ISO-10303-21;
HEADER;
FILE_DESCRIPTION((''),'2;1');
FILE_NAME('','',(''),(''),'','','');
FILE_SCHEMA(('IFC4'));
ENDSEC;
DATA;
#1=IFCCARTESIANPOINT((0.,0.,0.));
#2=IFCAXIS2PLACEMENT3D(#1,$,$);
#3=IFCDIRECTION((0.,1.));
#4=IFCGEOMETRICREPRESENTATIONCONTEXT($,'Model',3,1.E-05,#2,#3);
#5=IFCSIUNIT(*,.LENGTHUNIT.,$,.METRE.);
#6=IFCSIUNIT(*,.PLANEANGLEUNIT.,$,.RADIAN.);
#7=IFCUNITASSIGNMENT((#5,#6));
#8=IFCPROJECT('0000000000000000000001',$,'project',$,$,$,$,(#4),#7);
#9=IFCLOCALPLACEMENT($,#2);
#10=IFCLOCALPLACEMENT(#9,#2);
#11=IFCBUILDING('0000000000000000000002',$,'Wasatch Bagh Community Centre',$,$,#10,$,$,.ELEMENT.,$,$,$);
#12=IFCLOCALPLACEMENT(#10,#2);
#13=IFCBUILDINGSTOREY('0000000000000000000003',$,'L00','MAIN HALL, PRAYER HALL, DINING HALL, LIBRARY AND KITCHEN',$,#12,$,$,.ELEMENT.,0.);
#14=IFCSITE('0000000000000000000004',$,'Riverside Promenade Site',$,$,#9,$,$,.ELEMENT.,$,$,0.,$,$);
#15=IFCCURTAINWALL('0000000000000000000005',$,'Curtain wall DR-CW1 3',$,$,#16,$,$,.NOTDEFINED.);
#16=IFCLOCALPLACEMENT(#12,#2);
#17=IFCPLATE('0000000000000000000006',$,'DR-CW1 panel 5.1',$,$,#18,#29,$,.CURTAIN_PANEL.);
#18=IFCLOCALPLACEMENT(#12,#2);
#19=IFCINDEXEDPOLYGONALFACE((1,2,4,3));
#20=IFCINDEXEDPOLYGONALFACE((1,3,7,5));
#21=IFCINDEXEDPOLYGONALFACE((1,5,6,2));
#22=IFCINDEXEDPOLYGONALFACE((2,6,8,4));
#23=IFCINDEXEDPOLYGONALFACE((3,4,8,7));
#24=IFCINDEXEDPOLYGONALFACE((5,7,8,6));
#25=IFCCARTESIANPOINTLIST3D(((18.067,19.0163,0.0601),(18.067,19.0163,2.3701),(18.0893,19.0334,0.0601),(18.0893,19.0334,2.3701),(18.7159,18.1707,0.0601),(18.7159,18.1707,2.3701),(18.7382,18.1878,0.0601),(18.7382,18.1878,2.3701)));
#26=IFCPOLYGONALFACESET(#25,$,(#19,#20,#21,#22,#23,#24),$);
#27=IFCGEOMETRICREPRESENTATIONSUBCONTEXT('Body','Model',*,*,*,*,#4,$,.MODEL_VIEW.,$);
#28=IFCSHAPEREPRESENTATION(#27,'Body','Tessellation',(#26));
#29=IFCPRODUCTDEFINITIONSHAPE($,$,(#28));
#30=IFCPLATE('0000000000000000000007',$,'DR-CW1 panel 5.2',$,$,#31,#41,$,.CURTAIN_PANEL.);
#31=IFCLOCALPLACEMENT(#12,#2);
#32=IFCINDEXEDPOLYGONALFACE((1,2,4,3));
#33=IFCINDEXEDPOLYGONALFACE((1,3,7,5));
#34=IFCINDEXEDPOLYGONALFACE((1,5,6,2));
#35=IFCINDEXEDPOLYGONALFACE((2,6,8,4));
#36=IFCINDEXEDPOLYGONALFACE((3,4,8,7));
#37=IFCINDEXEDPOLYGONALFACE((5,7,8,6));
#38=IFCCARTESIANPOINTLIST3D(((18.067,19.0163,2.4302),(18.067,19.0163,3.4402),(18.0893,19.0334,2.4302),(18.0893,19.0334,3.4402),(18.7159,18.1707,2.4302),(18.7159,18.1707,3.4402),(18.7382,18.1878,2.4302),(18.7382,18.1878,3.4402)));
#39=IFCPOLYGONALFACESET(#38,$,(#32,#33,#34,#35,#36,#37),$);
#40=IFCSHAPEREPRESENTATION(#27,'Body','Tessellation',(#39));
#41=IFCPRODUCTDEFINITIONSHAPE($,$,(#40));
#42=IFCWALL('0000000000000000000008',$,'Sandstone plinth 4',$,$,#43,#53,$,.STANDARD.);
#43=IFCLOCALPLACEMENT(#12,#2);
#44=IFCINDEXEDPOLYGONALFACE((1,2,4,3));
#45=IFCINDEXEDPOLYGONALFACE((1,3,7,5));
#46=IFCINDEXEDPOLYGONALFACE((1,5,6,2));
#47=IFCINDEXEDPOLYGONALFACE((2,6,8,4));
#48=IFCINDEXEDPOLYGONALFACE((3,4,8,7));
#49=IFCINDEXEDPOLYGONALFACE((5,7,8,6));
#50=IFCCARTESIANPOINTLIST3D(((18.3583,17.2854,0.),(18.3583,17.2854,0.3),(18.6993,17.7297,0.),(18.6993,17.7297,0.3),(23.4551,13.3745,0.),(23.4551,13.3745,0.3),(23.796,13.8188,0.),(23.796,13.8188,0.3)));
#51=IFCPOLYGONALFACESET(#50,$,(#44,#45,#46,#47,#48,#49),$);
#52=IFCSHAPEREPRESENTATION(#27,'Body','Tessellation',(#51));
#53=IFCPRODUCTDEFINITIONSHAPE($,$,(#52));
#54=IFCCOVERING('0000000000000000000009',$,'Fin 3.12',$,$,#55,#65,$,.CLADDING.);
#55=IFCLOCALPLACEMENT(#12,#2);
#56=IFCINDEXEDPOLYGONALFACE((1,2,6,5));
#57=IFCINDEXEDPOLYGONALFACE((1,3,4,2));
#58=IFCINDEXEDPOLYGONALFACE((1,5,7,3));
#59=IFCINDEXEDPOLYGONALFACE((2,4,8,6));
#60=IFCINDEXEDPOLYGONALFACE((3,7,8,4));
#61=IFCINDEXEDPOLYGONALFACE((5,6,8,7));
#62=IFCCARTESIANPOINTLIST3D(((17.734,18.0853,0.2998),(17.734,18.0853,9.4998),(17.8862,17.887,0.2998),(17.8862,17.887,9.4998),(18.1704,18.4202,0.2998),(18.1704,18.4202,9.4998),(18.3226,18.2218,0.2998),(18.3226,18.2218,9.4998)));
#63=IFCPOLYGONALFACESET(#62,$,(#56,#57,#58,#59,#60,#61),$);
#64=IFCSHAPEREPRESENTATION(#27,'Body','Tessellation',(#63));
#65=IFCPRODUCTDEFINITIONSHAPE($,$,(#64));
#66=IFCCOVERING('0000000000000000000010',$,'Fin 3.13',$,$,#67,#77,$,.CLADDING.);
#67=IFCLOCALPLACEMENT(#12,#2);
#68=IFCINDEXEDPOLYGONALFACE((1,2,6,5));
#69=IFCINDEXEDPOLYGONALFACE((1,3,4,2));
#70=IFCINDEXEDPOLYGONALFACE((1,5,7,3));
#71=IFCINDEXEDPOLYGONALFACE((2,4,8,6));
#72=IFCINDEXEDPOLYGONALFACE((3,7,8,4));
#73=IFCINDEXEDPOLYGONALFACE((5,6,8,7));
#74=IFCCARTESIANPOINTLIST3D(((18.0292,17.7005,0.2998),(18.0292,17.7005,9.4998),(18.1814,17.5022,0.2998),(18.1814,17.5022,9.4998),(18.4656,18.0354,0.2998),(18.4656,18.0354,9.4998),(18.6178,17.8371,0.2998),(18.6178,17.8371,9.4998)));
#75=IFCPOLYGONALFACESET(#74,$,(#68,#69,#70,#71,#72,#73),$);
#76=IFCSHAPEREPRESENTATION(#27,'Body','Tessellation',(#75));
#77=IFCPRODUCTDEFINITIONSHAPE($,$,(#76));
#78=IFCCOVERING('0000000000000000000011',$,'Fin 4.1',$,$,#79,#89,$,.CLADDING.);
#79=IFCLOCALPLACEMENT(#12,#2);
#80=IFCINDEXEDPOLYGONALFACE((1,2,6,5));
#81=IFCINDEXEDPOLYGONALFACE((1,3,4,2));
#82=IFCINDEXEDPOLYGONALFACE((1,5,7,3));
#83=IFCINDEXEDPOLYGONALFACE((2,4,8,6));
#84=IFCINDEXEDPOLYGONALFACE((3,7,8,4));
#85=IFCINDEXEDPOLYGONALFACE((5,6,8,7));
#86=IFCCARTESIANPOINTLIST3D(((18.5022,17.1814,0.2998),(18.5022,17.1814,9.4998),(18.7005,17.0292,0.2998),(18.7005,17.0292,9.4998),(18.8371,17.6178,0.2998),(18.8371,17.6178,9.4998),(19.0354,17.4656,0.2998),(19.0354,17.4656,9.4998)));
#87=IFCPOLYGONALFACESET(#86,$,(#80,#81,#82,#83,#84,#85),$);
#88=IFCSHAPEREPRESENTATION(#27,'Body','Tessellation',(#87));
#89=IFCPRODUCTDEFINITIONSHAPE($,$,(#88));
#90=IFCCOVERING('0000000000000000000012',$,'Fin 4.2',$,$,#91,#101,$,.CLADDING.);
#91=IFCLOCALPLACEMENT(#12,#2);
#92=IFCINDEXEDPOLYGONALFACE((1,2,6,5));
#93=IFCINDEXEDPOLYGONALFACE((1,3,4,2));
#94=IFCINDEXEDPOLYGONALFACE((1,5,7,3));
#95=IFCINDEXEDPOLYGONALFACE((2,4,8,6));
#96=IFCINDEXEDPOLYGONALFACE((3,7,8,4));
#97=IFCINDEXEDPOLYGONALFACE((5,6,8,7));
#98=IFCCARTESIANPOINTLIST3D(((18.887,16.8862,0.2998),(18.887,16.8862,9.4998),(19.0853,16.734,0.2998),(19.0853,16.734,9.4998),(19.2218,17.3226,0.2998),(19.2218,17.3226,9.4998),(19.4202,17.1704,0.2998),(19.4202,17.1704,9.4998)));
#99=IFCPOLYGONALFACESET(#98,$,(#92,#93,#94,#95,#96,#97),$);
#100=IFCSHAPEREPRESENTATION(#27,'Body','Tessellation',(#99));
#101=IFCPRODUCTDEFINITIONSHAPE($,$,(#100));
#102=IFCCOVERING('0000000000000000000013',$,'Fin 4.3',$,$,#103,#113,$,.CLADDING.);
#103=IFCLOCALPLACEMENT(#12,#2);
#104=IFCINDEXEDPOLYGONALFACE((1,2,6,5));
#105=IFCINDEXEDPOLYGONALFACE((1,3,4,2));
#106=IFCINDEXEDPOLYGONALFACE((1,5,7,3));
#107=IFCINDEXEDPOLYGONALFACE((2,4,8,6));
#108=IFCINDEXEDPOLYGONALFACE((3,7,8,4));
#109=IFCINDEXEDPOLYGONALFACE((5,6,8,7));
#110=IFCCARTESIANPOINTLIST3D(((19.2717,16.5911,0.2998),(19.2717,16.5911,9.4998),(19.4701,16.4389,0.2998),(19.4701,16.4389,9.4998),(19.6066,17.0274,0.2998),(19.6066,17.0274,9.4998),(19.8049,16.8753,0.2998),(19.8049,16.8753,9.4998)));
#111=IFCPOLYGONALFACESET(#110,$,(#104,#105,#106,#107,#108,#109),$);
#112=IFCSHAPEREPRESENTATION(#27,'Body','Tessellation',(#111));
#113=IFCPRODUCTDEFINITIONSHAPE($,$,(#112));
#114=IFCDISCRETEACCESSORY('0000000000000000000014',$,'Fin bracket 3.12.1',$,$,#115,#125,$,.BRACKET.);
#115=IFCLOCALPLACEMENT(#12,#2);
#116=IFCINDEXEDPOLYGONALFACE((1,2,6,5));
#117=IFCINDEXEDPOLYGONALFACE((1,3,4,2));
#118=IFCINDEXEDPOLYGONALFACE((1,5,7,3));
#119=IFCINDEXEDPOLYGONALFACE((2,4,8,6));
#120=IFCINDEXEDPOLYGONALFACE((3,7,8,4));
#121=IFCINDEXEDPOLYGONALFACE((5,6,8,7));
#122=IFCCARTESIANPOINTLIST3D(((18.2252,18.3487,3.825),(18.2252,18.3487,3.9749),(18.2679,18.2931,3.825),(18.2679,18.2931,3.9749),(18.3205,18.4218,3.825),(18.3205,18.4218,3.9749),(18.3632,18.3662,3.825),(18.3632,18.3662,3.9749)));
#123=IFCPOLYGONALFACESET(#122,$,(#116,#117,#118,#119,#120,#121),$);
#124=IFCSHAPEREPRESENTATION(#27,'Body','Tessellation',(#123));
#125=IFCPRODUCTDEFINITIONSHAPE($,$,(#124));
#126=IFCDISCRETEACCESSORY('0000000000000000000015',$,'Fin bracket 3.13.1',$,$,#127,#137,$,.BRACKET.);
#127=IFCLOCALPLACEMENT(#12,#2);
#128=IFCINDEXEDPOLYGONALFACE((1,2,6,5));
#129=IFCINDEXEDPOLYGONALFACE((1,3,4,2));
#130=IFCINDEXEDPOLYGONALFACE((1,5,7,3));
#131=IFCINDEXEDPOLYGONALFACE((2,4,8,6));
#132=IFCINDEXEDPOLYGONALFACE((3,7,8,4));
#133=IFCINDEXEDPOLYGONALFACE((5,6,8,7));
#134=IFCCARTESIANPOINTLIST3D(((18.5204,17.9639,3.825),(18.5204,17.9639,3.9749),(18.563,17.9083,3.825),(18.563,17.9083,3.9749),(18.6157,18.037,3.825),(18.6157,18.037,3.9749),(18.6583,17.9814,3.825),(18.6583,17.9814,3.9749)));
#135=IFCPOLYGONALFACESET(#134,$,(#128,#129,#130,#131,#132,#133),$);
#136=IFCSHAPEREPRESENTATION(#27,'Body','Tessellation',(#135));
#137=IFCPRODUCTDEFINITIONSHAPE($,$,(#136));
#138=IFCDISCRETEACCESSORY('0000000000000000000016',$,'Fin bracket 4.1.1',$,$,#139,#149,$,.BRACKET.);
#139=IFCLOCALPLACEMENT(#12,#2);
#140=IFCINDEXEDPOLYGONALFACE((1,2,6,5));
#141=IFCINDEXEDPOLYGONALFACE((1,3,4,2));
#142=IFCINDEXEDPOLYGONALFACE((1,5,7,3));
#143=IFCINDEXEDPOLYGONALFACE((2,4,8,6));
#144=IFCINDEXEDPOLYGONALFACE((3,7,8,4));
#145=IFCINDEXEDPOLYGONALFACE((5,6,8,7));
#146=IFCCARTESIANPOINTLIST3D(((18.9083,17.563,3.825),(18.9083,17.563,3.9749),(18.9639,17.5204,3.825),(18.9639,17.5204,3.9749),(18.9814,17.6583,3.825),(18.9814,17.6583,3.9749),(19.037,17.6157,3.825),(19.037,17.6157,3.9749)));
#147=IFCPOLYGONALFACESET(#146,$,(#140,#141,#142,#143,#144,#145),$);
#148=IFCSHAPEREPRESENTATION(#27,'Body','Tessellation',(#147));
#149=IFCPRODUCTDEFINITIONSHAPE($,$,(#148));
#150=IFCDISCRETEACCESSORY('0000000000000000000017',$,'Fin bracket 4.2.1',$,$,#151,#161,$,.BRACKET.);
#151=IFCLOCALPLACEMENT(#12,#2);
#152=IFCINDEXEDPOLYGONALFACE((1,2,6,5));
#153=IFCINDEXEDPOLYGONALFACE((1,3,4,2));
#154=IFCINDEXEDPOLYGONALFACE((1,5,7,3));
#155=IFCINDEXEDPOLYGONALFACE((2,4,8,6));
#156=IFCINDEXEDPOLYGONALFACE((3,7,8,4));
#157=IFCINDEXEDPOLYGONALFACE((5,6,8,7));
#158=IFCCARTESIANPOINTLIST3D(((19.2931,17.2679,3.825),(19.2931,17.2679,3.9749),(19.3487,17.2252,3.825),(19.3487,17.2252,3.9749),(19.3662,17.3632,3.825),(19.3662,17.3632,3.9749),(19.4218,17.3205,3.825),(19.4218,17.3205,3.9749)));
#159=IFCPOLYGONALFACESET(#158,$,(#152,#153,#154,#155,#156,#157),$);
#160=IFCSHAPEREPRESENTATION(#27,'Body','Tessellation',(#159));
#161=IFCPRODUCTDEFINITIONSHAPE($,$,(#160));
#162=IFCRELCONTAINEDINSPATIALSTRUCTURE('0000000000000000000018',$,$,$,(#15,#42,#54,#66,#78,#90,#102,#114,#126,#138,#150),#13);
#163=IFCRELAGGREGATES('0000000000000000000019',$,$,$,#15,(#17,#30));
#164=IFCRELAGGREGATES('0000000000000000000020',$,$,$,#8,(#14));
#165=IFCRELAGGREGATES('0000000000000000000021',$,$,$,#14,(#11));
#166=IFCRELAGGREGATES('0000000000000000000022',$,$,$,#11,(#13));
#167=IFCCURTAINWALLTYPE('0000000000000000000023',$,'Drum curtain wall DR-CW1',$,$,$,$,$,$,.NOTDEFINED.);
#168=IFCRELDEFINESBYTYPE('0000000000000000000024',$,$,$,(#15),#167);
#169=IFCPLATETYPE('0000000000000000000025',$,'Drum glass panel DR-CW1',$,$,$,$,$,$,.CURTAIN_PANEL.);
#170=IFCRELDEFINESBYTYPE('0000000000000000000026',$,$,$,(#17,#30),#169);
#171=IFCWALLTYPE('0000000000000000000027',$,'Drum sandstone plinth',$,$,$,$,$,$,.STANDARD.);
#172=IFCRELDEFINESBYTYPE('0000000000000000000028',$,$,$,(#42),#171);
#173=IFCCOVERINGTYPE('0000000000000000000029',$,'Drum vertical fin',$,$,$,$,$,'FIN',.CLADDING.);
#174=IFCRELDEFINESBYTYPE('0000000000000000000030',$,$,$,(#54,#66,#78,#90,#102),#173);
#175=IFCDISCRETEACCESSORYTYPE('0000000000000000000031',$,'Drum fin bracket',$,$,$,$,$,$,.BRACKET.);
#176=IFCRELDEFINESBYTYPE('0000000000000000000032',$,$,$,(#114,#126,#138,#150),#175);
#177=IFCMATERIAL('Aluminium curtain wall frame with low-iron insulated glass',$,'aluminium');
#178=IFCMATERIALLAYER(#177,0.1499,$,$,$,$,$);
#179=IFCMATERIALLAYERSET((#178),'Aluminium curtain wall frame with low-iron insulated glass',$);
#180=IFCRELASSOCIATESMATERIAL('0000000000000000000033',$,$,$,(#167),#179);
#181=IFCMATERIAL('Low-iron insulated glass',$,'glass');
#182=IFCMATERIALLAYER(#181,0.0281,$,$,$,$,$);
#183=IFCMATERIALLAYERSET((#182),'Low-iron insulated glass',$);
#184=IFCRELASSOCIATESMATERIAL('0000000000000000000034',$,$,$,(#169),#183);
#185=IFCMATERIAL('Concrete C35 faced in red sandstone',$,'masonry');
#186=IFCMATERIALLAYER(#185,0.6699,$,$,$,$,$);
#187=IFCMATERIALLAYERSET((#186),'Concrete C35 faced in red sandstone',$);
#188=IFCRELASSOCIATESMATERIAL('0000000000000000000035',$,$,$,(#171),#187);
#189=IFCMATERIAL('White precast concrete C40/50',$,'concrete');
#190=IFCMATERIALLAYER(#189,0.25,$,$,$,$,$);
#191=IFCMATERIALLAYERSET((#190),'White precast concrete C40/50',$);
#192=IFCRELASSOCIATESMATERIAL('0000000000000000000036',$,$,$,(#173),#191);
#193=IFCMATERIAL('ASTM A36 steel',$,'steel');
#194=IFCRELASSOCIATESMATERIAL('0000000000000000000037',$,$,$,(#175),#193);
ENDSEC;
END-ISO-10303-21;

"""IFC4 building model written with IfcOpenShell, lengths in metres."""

from ifc_helpers import new_model, si_unit, direction, frame, frame_2d, origin, origin_2d, place, context, subcontext, project, spatial, rectangle, extrude, material, layer, layer_set, type_object, element, aggregate, save


model = new_model("IFC4")

# Units and contexts
model_context = context("Model", 3, precision=1e-05, world=origin(), true_north=direction((0.0, 1.0)))
body_context = subcontext(model_context, "Body", "Model", "MODEL_VIEW")
ifc_project = project(units=[si_unit("LENGTHUNIT", "METRE"), si_unit("PLANEANGLEUNIT", "RADIAN")], contexts=[model_context])

# Site, building, storey
site_placement = place(None, origin())
site = spatial("IfcSite", under=ifc_project, at=site_placement, Name="Riverside Promenade Site", CompositionType="ELEMENT", RefElevation=0.0)
building_placement = place(site_placement, origin())
building = spatial("IfcBuilding", under=site, at=building_placement, Name="Wasatch Bagh Community Centre", CompositionType="ELEMENT")
storey_placement = place(building_placement, origin())
storey = spatial("IfcBuildingStorey", under=building, at=storey_placement, Name="L00", Description="MAIN HALL, PRAYER HALL, DINING HALL, LIBRARY AND KITCHEN", CompositionType="ELEMENT", Elevation=0.0)

# Curtain wall
ifc_material_1 = material(Name="Aluminium curtain wall frame with low-iron insulated glass", Category="aluminium")
ifc_layer_1 = layer(ifc_material_1, 0.1499)
ifc_layer_set_1 = layer_set([ifc_layer_1], Name="Aluminium curtain wall frame with low-iron insulated glass")
curtain_wall_type = type_object("IfcCurtainWallType", Name="Drum curtain wall DR-CW1", PredefinedType="NOTDEFINED", material=ifc_layer_set_1)
curtain_wall_1_placement = place(storey_placement, origin())
curtain_wall_1 = element("IfcCurtainWall", 1, at=curtain_wall_1_placement, inside=storey, type_object=curtain_wall_type, Name="Curtain wall DR-CW1 3", PredefinedType="NOTDEFINED")

# Plates
ifc_material_2 = material(Name="Low-iron insulated glass", Category="glass")
ifc_layer_2 = layer(ifc_material_2, 0.0281)
ifc_layer_set_2 = layer_set([ifc_layer_2], Name="Low-iron insulated glass")
plate_type = type_object("IfcPlateType", Name="Drum glass panel DR-CW1", PredefinedType="CURTAIN_PANEL", material=ifc_layer_set_2)
plate_1_placement = place(storey_placement, frame((18.4026, 18.6021, 0.0601), z_axis=(0.0, 0.0, 1.0), x_axis=(0.608761, -0.793353, 0.0)))
plate_1 = element("IfcPlate", 2, at=plate_1_placement, type_object=plate_type, Name="DR-CW1 panel 5.1", PredefinedType="CURTAIN_PANEL", context=body_context, shape_type="SweptSolid", body=[
    extrude(rectangle(XDim=1.0659, YDim=0.0281, at=origin_2d()), origin(), (0.0, 0.0, 1.0), 2.3101),
])
plate_2_placement = place(storey_placement, frame((18.4026, 18.6021, 2.4302), z_axis=(0.0, 0.0, 1.0), x_axis=(0.608761, -0.793353, 0.0)))
plate_2 = element("IfcPlate", 3, at=plate_2_placement, type_object=plate_type, Name="DR-CW1 panel 5.2", PredefinedType="CURTAIN_PANEL", context=body_context, shape_type="SweptSolid", body=[
    extrude(rectangle(XDim=1.0659, YDim=0.0281, at=origin_2d()), origin(), (0.0, 0.0, 1.0), 1.01),
])
aggregate(curtain_wall_1, [plate_1, plate_2])

# Wall
ifc_material_3 = material(Name="Concrete C35 faced in red sandstone", Category="masonry")
ifc_layer_3 = layer(ifc_material_3, 0.6699)
ifc_layer_set_3 = layer_set([ifc_layer_3], Name="Concrete C35 faced in red sandstone")
wall_type = type_object("IfcWallType", Name="Drum sandstone plinth", PredefinedType="STANDARD", material=ifc_layer_set_3)
wall_placement = place(storey_placement, frame((18.5288, 17.5076, 0.0), z_axis=(0.0, 0.0, 1.0), x_axis=(0.793348, -0.608768, 0.0)))
element("IfcWall", 4, at=wall_placement, inside=storey, type_object=wall_type, Name="Sandstone plinth 4", PredefinedType="STANDARD", context=body_context, shape_type="SweptSolid", body=[
    extrude(rectangle(XDim=6.4243, YDim=0.5601, at=frame_2d((3.2122, 0.0))), origin(), (0.0, 0.0, 1.0), 0.3),
])

# Coverings
ifc_material_4 = material(Name="White precast concrete C40/50", Category="concrete")
ifc_layer_4 = layer(ifc_material_4, 0.25)
ifc_layer_set_4 = layer_set([ifc_layer_4], Name="White precast concrete C40/50")
covering_type = type_object("IfcCoveringType", Name="Drum vertical fin", ElementType="FIN", PredefinedType="CLADDING", material=ifc_layer_set_4)
for number, where, z_axis, x_axis, name in (
    (5, (18.0283, 18.1536, 0.2998), (0.0, 0.0, 1.0), (0.608761, -0.793353, 0.0), "Fin 3.12"),
    (6, (18.3235, 17.7688, 0.2998), (0.0, 0.0, 1.0), (0.608761, -0.793353, 0.0), "Fin 3.13"),
    (7, (18.7688, 17.3235, 0.2998), (0.0, 0.0, 1.0), (0.793353, -0.608761, 0.0), "Fin 4.1"),
    (8, (19.1536, 17.0283, 0.2998), (0.0, 0.0, 1.0), (0.793353, -0.608761, 0.0), "Fin 4.2"),
    (9, (19.5383, 16.7332, 0.2998), (0.0, 0.0, 1.0), (0.793353, -0.608761, 0.0), "Fin 4.3"),
):
    element("IfcCovering", number, at=place(storey_placement, frame(where, z_axis=z_axis, x_axis=x_axis)), inside=storey, type_object=covering_type, Name=name, PredefinedType="CLADDING", context=body_context, shape_type="SweptSolid", body=[
        extrude(rectangle(XDim=0.25, YDim=0.55, at=origin_2d()), origin(), (0.0, 0.0, 1.0), 9.2),
    ])

# Discrete accessories
ifc_material_5 = material(Name="ASTM A36 steel", Category="steel")
discrete_accessory_type = type_object("IfcDiscreteAccessoryType", Name="Drum fin bracket", PredefinedType="BRACKET", material=ifc_material_5)
for number, where, z_axis, x_axis, name in (
    (10, (18.2942, 18.3574, 3.825), (0.0, 0.0, 1.0), (0.608761, -0.793353, 0.0), "Fin bracket 3.12.1"),
    (11, (18.5894, 17.9727, 3.825), (0.0, 0.0, 1.0), (0.608761, -0.793353, 0.0), "Fin bracket 3.13.1"),
    (12, (18.9727, 17.5894, 3.825), (0.0, 0.0, 1.0), (0.793353, -0.608761, 0.0), "Fin bracket 4.1.1"),
    (13, (19.3574, 17.2942, 3.825), (0.0, 0.0, 1.0), (0.793353, -0.608761, 0.0), "Fin bracket 4.2.1"),
):
    element("IfcDiscreteAccessory", number, at=place(storey_placement, frame(where, z_axis=z_axis, x_axis=x_axis)), inside=storey, type_object=discrete_accessory_type, Name=name, PredefinedType="BRACKET", context=body_context, shape_type="SweptSolid", body=[
        extrude(rectangle(XDim=0.0701, YDim=0.1201, at=origin_2d()), origin(), (0.0, 0.0, 1.0), 0.1499),
    ])

save(model, "model.ifc")
